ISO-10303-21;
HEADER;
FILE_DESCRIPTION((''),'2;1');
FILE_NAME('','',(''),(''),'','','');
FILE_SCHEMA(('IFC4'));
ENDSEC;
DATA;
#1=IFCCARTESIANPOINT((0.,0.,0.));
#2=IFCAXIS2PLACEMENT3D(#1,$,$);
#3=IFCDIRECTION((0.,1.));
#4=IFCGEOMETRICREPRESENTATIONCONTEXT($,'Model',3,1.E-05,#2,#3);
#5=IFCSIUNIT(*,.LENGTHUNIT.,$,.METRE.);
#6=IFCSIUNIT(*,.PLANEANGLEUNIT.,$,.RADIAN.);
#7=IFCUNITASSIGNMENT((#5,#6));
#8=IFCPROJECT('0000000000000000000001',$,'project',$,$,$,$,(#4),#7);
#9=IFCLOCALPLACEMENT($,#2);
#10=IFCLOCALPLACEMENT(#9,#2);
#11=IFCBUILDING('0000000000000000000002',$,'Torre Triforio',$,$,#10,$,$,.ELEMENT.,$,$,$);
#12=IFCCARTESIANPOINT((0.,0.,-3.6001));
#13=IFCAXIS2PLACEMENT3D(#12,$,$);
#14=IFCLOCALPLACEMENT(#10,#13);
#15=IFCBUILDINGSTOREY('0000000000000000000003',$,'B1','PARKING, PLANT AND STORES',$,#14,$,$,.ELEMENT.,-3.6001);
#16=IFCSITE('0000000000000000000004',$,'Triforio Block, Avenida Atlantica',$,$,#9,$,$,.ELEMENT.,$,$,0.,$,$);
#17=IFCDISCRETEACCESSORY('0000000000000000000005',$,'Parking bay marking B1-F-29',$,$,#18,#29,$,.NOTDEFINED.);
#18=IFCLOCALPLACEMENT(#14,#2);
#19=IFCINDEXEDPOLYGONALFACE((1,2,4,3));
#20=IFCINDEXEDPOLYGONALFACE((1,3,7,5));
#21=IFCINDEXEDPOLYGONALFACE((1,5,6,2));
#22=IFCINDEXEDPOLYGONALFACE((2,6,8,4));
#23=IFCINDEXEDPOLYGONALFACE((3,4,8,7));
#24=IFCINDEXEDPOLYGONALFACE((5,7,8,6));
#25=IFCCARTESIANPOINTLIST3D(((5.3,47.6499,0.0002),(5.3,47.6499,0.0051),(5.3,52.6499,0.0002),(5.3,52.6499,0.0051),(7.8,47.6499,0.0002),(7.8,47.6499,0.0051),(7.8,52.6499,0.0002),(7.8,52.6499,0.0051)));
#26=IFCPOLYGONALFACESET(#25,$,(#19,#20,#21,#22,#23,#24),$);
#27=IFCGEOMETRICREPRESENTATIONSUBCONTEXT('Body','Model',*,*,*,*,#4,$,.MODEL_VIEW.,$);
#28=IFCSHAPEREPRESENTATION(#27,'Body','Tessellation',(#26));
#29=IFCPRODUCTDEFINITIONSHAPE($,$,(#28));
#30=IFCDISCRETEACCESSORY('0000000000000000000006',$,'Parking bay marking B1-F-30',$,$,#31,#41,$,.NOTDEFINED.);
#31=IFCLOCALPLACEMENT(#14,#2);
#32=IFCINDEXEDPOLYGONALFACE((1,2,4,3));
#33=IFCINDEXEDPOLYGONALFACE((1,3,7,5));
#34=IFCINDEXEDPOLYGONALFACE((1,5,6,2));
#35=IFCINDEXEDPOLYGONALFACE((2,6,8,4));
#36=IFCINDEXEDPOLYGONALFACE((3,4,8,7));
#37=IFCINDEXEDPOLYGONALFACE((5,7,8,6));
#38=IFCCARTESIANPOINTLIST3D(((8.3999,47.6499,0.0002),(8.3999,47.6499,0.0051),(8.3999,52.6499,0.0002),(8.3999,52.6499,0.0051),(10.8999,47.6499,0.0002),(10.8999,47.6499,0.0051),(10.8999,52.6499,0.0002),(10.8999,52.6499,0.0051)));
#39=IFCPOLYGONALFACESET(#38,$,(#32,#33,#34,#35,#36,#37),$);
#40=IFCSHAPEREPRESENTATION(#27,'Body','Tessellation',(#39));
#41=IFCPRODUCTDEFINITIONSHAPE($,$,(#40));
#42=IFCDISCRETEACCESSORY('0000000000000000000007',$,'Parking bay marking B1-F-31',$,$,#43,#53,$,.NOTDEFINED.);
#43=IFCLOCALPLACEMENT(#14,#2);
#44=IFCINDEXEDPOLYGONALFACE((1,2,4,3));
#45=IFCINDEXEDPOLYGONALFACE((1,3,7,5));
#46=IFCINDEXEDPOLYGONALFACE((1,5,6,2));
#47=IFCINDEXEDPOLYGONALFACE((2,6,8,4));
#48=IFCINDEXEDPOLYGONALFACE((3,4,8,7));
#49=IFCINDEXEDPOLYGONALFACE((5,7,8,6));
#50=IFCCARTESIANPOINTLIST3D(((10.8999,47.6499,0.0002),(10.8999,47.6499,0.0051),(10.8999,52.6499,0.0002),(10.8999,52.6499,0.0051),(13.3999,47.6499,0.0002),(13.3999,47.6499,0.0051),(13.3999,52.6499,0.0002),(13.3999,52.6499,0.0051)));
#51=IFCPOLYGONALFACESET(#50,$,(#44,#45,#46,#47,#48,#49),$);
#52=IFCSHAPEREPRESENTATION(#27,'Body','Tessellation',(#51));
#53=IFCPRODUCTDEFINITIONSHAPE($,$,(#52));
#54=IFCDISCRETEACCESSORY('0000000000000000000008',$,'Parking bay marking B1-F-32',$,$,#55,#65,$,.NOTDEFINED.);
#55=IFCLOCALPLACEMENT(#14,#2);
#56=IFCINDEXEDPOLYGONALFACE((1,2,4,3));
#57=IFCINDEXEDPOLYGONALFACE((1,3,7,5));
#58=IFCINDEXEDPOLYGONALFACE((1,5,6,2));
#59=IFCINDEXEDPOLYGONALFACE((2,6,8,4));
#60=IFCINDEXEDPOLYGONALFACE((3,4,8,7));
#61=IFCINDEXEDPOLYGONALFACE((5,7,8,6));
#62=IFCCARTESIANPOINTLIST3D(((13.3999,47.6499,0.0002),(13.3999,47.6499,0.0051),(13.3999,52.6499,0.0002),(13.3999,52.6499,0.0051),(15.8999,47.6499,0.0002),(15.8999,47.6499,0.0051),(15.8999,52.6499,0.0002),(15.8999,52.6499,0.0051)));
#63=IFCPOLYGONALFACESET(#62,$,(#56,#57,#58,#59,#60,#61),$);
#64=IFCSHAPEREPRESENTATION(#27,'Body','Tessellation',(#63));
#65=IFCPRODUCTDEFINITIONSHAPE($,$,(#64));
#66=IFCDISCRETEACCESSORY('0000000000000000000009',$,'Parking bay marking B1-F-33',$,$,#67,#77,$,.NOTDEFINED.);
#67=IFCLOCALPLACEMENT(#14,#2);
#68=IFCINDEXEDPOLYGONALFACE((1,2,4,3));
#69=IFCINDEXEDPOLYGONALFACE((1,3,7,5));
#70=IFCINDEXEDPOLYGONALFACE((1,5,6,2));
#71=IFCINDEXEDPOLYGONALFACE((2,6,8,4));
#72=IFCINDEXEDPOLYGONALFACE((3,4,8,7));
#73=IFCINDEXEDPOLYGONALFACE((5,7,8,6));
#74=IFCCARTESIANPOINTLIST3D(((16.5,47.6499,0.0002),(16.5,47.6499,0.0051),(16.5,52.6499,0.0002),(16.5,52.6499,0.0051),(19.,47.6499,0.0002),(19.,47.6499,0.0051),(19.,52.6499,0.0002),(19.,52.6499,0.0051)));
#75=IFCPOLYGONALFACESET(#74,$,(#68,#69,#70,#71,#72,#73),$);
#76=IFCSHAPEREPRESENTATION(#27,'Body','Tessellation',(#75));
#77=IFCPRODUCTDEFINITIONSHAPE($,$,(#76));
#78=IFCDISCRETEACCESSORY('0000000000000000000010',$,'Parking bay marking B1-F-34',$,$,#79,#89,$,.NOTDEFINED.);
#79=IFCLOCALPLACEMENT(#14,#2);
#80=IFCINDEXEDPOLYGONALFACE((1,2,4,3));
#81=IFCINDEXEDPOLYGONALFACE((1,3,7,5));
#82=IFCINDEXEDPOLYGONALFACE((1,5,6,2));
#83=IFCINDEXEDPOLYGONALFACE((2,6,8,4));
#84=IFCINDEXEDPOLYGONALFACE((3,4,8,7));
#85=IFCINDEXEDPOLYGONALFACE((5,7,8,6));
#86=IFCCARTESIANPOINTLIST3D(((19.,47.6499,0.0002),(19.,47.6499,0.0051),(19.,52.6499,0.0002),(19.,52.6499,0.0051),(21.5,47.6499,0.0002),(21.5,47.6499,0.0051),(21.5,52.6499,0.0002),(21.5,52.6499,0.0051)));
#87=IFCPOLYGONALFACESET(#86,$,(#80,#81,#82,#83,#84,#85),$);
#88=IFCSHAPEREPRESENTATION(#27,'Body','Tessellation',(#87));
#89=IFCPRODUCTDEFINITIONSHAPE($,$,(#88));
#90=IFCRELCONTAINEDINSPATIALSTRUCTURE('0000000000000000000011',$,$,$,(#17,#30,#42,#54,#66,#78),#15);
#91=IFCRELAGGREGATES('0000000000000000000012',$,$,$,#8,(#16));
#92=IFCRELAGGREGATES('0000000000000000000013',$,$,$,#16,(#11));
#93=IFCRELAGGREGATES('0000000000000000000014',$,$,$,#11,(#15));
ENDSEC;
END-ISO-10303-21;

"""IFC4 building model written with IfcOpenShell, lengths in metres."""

from ifc_helpers import new_model, si_unit, direction, frame, origin, origin_2d, place, context, subcontext, project, spatial, rectangle, extrude, element, save


model = new_model("IFC4")

# Units and contexts
model_context = context("Model", 3, precision=1e-05, world=origin(), true_north=direction((0.0, 1.0)))
body_context = subcontext(model_context, "Body", "Model", "MODEL_VIEW")
ifc_project = project(units=[si_unit("LENGTHUNIT", "METRE"), si_unit("PLANEANGLEUNIT", "RADIAN")], contexts=[model_context])

# Site, building, storey
site_placement = place(None, origin())
site = spatial("IfcSite", under=ifc_project, at=site_placement, Name="Triforio Block, Avenida Atlantica", CompositionType="ELEMENT", RefElevation=0.0)
building_placement = place(site_placement, origin())
building = spatial("IfcBuilding", under=site, at=building_placement, Name="Torre Triforio", CompositionType="ELEMENT")
storey_placement = place(building_placement, frame((0.0, 0.0, -3.6001)))
storey = spatial("IfcBuildingStorey", under=building, at=storey_placement, Name="B1", Description="PARKING, PLANT AND STORES", CompositionType="ELEMENT", Elevation=-3.6001)

# Discrete accessories
for number, where, z_axis, x_axis, name in (
    (1, (6.55, 50.1499, 0.0002), (0.0, 0.0, 1.0), (1.0, 0.0, 0.0), "Parking bay marking B1-F-29"),
    (2, (9.6499, 50.1499, 0.0002), (0.0, 0.0, 1.0), (1.0, 0.0, 0.0), "Parking bay marking B1-F-30"),
    (3, (12.1499, 50.1499, 0.0002), (0.0, 0.0, 1.0), (1.0, 0.0, 0.0), "Parking bay marking B1-F-31"),
    (4, (14.6499, 50.1499, 0.0002), (0.0, 0.0, 1.0), (1.0, 0.0, 0.0), "Parking bay marking B1-F-32"),
    (5, (17.75, 50.1499, 0.0002), (0.0, 0.0, 1.0), (1.0, 0.0, 0.0), "Parking bay marking B1-F-33"),
    (6, (20.25, 50.1499, 0.0002), (0.0, 0.0, 1.0), (1.0, 0.0, 0.0), "Parking bay marking B1-F-34"),
):
    element("IfcDiscreteAccessory", number, at=place(storey_placement, frame(where, z_axis=z_axis, x_axis=x_axis)), inside=storey, Name=name, PredefinedType="NOTDEFINED", context=body_context, shape_type="SweptSolid", body=[
        extrude(rectangle(XDim=2.5, YDim=5.0, at=origin_2d()), origin(), (0.0, 0.0, 1.0), 0.0049),
    ])

save(model, "model.ifc")
